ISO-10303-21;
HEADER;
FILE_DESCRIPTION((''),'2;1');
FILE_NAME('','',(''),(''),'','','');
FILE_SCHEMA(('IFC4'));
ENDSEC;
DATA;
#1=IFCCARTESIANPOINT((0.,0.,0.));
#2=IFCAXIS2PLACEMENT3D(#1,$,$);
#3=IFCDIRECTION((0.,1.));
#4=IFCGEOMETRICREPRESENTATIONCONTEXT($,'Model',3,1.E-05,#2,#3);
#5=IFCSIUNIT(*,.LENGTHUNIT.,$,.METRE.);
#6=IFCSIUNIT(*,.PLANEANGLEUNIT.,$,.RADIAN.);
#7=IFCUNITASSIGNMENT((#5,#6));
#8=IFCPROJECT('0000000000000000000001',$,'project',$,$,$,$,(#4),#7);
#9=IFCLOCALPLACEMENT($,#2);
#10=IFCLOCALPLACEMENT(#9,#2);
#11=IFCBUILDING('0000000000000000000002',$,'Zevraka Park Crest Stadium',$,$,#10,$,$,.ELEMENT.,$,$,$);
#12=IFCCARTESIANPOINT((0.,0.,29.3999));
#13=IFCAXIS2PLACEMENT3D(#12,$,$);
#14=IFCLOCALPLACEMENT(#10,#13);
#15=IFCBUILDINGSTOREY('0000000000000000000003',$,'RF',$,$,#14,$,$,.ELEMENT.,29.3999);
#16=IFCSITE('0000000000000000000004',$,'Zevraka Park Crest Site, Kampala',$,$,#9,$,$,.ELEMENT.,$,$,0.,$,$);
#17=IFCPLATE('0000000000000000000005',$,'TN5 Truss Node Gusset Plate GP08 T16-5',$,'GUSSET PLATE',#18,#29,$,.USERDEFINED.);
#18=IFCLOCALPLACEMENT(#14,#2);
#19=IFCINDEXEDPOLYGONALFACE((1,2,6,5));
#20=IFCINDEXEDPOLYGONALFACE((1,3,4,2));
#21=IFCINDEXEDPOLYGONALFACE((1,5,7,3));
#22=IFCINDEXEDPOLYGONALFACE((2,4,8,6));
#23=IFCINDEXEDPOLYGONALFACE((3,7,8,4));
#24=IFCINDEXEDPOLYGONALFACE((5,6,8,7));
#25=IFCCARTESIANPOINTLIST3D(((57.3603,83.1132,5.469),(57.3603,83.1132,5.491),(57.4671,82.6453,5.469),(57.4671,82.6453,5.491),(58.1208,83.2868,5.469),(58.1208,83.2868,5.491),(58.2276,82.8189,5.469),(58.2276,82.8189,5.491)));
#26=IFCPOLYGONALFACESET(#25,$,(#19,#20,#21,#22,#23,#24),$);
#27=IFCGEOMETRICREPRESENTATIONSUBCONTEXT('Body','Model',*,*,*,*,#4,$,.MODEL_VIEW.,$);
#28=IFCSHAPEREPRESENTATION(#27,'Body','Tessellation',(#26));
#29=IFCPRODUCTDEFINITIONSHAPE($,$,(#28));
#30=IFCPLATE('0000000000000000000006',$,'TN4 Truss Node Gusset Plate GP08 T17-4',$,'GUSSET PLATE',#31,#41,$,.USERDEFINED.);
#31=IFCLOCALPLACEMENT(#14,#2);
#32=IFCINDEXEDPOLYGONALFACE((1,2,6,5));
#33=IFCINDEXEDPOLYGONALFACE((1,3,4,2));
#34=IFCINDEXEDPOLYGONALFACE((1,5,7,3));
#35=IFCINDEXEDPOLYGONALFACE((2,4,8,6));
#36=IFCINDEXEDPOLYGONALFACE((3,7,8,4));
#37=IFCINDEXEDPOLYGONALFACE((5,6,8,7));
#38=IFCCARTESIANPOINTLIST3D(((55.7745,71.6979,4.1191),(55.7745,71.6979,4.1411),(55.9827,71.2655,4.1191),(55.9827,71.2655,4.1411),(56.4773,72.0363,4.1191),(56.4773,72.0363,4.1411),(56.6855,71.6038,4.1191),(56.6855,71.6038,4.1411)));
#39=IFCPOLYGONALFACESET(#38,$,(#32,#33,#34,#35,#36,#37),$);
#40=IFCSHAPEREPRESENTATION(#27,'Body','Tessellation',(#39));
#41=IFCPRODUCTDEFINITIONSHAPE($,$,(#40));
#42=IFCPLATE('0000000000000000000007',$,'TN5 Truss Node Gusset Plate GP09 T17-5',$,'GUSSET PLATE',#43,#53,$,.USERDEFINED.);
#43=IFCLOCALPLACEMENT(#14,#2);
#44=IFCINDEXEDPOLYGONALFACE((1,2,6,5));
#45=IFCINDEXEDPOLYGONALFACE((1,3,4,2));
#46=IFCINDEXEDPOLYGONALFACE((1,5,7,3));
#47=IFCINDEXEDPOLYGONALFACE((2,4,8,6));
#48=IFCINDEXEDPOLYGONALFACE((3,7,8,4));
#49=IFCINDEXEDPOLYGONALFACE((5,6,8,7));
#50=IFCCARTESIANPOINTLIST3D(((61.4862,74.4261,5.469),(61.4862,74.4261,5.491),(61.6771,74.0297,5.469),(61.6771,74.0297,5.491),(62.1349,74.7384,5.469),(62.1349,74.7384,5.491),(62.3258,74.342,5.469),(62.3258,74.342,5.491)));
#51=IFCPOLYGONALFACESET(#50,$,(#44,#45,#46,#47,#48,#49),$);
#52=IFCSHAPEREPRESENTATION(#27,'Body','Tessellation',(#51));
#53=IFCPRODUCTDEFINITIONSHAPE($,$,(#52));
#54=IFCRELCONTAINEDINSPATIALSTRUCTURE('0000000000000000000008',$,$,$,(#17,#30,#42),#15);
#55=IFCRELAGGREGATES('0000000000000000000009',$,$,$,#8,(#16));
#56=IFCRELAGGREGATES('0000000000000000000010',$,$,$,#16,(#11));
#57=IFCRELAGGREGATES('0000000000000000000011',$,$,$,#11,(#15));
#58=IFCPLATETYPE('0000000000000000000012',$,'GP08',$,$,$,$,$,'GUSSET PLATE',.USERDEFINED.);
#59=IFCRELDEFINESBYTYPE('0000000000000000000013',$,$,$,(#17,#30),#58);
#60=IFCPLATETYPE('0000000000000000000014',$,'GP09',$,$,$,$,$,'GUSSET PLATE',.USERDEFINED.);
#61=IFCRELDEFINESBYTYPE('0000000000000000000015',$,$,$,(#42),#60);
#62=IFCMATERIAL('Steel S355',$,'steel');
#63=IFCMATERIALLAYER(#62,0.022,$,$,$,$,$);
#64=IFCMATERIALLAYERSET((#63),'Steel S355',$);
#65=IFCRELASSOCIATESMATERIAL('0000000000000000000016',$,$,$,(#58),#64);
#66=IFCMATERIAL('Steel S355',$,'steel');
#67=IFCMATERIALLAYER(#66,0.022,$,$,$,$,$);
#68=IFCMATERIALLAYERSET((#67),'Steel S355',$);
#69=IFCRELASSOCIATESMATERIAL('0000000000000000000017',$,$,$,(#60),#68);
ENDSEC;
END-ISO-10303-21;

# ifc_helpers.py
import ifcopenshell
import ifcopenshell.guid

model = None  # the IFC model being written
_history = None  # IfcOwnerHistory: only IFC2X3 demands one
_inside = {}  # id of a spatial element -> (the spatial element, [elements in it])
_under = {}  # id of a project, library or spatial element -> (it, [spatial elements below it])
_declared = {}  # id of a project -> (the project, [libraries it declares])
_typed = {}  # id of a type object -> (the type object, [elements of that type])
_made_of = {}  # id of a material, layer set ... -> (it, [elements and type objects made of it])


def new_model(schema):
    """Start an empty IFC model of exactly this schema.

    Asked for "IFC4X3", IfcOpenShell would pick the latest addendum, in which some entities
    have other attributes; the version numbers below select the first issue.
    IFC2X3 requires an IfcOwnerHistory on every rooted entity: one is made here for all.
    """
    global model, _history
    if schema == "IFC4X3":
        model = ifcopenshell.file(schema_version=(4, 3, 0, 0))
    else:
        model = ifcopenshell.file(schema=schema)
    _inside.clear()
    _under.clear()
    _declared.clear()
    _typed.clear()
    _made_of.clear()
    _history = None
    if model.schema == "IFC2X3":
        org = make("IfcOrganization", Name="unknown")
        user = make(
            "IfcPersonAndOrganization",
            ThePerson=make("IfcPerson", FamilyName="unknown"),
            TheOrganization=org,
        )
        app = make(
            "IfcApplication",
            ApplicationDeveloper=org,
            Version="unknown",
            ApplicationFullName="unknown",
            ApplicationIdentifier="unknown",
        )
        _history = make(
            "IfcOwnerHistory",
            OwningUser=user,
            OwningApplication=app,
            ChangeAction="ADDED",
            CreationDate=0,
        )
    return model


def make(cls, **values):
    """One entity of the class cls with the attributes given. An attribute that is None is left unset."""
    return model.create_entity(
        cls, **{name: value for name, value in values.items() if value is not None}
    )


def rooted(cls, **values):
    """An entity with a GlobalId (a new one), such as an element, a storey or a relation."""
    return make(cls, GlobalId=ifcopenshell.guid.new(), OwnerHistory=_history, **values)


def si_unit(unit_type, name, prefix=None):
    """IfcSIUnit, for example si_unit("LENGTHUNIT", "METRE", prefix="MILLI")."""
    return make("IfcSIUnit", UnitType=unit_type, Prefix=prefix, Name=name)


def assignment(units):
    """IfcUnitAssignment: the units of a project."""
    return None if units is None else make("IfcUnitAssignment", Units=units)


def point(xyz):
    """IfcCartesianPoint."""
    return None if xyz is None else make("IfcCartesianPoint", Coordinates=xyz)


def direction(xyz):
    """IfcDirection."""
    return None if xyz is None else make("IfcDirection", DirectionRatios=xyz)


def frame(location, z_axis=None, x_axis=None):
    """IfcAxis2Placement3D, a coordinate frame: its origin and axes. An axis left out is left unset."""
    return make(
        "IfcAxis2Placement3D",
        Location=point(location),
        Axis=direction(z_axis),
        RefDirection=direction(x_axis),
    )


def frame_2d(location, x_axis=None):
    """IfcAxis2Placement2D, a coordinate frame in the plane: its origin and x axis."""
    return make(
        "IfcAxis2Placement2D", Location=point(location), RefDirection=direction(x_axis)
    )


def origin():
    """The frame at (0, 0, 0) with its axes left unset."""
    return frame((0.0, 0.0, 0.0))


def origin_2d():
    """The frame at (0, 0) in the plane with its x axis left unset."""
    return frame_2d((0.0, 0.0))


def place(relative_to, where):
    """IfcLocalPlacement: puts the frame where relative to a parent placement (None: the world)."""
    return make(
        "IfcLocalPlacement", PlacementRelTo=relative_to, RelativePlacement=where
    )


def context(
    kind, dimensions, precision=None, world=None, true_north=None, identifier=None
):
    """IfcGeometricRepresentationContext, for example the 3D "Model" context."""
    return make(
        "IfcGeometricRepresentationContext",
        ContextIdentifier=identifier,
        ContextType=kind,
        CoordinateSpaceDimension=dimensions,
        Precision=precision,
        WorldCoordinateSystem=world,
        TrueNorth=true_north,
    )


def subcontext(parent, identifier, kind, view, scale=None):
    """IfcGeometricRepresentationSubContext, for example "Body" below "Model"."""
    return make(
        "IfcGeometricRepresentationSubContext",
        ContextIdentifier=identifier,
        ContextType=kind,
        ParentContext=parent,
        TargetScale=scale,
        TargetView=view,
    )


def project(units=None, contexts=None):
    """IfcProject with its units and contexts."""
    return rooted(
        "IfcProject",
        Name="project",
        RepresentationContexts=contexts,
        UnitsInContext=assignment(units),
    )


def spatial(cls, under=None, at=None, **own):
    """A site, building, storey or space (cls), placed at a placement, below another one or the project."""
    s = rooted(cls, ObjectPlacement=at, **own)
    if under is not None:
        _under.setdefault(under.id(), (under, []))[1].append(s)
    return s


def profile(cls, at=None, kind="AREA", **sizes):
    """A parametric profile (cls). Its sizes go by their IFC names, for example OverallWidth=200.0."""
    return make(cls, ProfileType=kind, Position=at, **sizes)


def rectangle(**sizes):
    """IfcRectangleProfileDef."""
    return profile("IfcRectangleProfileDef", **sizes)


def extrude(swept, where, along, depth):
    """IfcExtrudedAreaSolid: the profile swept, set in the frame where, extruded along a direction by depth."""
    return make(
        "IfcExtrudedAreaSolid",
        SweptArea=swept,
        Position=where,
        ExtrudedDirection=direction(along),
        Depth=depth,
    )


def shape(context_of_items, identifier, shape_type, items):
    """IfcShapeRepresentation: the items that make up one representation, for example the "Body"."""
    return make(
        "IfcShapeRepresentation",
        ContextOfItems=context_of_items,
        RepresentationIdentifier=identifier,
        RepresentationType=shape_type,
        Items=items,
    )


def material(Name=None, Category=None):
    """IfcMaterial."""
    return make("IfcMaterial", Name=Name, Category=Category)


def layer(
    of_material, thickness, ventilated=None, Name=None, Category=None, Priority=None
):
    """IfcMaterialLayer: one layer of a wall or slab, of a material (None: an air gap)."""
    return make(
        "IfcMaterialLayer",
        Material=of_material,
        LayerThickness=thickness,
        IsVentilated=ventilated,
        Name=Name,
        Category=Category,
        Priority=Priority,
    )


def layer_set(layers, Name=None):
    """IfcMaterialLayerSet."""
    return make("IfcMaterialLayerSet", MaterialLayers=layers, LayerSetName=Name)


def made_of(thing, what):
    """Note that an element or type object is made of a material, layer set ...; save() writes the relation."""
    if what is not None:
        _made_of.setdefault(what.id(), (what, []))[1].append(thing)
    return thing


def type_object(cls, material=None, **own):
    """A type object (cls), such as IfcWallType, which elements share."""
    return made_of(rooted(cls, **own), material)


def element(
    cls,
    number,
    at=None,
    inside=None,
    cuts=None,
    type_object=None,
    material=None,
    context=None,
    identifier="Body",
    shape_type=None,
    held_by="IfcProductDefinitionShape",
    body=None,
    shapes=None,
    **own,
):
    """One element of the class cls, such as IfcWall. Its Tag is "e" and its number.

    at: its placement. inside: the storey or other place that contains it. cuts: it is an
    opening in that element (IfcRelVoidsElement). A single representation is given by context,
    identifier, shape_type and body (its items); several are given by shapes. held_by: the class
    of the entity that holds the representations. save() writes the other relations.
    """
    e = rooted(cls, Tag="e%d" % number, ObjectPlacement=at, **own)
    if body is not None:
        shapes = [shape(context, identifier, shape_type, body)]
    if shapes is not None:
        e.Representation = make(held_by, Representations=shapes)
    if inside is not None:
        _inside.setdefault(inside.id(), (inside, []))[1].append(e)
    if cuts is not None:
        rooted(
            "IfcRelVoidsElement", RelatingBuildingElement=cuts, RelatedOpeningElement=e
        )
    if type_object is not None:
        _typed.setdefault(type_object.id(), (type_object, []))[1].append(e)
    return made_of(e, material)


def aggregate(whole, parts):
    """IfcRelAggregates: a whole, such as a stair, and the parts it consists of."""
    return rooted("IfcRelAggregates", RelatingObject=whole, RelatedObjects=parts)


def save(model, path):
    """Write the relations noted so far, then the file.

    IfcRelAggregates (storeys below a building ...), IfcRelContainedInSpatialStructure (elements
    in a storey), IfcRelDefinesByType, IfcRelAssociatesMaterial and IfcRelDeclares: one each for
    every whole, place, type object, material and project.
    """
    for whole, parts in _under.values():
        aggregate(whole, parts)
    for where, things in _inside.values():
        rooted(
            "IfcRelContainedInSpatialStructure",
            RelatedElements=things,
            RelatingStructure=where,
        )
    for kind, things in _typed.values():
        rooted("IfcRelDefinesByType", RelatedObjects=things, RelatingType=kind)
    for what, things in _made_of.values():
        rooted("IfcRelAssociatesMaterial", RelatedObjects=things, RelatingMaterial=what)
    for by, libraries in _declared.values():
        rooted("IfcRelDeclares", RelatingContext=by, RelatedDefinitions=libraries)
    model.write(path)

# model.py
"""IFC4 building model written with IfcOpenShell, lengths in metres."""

from ifc_helpers import new_model, si_unit, direction, frame, origin, origin_2d, place, context, subcontext, project, spatial, rectangle, extrude, material, layer, layer_set, type_object, element, save


model = new_model("IFC4")

# Units and contexts
model_context = context("Model", 3, precision=1e-05, world=origin(), true_north=direction((0.0, 1.0)))
body_context = subcontext(model_context, "Body", "Model", "MODEL_VIEW")
ifc_project = project(units=[si_unit("LENGTHUNIT", "METRE"), si_unit("PLANEANGLEUNIT", "RADIAN")], contexts=[model_context])

# Site, building, storey
site_placement = place(None, origin())
site = spatial("IfcSite", under=ifc_project, at=site_placement, Name="Zevraka Park Crest Site, Kampala", CompositionType="ELEMENT", RefElevation=0.0)
building_placement = place(site_placement, origin())
building = spatial("IfcBuilding", under=site, at=building_placement, Name="Zevraka Park Crest Stadium", CompositionType="ELEMENT")
storey_placement = place(building_placement, frame((0.0, 0.0, 29.3999)))
storey = spatial("IfcBuildingStorey", under=building, at=storey_placement, Name="RF", CompositionType="ELEMENT", Elevation=29.3999)

# Plates
ifc_material_1 = material(Name="Steel S355", Category="steel")
ifc_layer_1 = layer(ifc_material_1, 0.022)
ifc_layer_set_1 = layer_set([ifc_layer_1], Name="Steel S355")
plate_type_1 = type_object("IfcPlateType", Name="GP08", ElementType="GUSSET PLATE", PredefinedType="USERDEFINED", material=ifc_layer_set_1)
for number, where, z_axis, x_axis, name in (
    (1, (57.7939, 82.9661, 5.469), (0.0, 0.0, 1.0), (0.974917, 0.22257, 0.0), "TN5 Truss Node Gusset Plate GP08 T16-5"),
    (2, (56.23, 71.6509, 4.1191), (0.0, 0.0, 1.0), (0.901001, 0.433816, 0.0), "TN4 Truss Node Gusset Plate GP08 T17-4"),
):
    element("IfcPlate", number, at=place(storey_placement, frame(where, z_axis=z_axis, x_axis=x_axis)), inside=storey, type_object=plate_type_1, Name=name, ObjectType="GUSSET PLATE", PredefinedType="USERDEFINED", context=body_context, shape_type="SweptSolid", body=[
        extrude(rectangle(XDim=0.78, YDim=0.48, at=origin_2d()), origin(), (0.0, 0.0, 1.0), 0.022),
    ])
ifc_material_2 = material(Name="Steel S355", Category="steel")
ifc_layer_2 = layer(ifc_material_2, 0.022)
ifc_layer_set_2 = layer_set([ifc_layer_2], Name="Steel S355")
plate_type_2 = type_object("IfcPlateType", Name="GP09", ElementType="GUSSET PLATE", PredefinedType="USERDEFINED", material=ifc_layer_set_2)
plate_placement = place(storey_placement, frame((61.906, 74.384, 5.469), z_axis=(0.0, 0.0, 1.0), x_axis=(0.901001, 0.433816, 0.0)))
element("IfcPlate", 3, at=plate_placement, inside=storey, type_object=plate_type_2, Name="TN5 Truss Node Gusset Plate GP09 T17-5", ObjectType="GUSSET PLATE", PredefinedType="USERDEFINED", context=body_context, shape_type="SweptSolid", body=[
    extrude(rectangle(XDim=0.72, YDim=0.4399, at=origin_2d()), origin(), (0.0, 0.0, 1.0), 0.022),
])

save(model, "model.ifc")
